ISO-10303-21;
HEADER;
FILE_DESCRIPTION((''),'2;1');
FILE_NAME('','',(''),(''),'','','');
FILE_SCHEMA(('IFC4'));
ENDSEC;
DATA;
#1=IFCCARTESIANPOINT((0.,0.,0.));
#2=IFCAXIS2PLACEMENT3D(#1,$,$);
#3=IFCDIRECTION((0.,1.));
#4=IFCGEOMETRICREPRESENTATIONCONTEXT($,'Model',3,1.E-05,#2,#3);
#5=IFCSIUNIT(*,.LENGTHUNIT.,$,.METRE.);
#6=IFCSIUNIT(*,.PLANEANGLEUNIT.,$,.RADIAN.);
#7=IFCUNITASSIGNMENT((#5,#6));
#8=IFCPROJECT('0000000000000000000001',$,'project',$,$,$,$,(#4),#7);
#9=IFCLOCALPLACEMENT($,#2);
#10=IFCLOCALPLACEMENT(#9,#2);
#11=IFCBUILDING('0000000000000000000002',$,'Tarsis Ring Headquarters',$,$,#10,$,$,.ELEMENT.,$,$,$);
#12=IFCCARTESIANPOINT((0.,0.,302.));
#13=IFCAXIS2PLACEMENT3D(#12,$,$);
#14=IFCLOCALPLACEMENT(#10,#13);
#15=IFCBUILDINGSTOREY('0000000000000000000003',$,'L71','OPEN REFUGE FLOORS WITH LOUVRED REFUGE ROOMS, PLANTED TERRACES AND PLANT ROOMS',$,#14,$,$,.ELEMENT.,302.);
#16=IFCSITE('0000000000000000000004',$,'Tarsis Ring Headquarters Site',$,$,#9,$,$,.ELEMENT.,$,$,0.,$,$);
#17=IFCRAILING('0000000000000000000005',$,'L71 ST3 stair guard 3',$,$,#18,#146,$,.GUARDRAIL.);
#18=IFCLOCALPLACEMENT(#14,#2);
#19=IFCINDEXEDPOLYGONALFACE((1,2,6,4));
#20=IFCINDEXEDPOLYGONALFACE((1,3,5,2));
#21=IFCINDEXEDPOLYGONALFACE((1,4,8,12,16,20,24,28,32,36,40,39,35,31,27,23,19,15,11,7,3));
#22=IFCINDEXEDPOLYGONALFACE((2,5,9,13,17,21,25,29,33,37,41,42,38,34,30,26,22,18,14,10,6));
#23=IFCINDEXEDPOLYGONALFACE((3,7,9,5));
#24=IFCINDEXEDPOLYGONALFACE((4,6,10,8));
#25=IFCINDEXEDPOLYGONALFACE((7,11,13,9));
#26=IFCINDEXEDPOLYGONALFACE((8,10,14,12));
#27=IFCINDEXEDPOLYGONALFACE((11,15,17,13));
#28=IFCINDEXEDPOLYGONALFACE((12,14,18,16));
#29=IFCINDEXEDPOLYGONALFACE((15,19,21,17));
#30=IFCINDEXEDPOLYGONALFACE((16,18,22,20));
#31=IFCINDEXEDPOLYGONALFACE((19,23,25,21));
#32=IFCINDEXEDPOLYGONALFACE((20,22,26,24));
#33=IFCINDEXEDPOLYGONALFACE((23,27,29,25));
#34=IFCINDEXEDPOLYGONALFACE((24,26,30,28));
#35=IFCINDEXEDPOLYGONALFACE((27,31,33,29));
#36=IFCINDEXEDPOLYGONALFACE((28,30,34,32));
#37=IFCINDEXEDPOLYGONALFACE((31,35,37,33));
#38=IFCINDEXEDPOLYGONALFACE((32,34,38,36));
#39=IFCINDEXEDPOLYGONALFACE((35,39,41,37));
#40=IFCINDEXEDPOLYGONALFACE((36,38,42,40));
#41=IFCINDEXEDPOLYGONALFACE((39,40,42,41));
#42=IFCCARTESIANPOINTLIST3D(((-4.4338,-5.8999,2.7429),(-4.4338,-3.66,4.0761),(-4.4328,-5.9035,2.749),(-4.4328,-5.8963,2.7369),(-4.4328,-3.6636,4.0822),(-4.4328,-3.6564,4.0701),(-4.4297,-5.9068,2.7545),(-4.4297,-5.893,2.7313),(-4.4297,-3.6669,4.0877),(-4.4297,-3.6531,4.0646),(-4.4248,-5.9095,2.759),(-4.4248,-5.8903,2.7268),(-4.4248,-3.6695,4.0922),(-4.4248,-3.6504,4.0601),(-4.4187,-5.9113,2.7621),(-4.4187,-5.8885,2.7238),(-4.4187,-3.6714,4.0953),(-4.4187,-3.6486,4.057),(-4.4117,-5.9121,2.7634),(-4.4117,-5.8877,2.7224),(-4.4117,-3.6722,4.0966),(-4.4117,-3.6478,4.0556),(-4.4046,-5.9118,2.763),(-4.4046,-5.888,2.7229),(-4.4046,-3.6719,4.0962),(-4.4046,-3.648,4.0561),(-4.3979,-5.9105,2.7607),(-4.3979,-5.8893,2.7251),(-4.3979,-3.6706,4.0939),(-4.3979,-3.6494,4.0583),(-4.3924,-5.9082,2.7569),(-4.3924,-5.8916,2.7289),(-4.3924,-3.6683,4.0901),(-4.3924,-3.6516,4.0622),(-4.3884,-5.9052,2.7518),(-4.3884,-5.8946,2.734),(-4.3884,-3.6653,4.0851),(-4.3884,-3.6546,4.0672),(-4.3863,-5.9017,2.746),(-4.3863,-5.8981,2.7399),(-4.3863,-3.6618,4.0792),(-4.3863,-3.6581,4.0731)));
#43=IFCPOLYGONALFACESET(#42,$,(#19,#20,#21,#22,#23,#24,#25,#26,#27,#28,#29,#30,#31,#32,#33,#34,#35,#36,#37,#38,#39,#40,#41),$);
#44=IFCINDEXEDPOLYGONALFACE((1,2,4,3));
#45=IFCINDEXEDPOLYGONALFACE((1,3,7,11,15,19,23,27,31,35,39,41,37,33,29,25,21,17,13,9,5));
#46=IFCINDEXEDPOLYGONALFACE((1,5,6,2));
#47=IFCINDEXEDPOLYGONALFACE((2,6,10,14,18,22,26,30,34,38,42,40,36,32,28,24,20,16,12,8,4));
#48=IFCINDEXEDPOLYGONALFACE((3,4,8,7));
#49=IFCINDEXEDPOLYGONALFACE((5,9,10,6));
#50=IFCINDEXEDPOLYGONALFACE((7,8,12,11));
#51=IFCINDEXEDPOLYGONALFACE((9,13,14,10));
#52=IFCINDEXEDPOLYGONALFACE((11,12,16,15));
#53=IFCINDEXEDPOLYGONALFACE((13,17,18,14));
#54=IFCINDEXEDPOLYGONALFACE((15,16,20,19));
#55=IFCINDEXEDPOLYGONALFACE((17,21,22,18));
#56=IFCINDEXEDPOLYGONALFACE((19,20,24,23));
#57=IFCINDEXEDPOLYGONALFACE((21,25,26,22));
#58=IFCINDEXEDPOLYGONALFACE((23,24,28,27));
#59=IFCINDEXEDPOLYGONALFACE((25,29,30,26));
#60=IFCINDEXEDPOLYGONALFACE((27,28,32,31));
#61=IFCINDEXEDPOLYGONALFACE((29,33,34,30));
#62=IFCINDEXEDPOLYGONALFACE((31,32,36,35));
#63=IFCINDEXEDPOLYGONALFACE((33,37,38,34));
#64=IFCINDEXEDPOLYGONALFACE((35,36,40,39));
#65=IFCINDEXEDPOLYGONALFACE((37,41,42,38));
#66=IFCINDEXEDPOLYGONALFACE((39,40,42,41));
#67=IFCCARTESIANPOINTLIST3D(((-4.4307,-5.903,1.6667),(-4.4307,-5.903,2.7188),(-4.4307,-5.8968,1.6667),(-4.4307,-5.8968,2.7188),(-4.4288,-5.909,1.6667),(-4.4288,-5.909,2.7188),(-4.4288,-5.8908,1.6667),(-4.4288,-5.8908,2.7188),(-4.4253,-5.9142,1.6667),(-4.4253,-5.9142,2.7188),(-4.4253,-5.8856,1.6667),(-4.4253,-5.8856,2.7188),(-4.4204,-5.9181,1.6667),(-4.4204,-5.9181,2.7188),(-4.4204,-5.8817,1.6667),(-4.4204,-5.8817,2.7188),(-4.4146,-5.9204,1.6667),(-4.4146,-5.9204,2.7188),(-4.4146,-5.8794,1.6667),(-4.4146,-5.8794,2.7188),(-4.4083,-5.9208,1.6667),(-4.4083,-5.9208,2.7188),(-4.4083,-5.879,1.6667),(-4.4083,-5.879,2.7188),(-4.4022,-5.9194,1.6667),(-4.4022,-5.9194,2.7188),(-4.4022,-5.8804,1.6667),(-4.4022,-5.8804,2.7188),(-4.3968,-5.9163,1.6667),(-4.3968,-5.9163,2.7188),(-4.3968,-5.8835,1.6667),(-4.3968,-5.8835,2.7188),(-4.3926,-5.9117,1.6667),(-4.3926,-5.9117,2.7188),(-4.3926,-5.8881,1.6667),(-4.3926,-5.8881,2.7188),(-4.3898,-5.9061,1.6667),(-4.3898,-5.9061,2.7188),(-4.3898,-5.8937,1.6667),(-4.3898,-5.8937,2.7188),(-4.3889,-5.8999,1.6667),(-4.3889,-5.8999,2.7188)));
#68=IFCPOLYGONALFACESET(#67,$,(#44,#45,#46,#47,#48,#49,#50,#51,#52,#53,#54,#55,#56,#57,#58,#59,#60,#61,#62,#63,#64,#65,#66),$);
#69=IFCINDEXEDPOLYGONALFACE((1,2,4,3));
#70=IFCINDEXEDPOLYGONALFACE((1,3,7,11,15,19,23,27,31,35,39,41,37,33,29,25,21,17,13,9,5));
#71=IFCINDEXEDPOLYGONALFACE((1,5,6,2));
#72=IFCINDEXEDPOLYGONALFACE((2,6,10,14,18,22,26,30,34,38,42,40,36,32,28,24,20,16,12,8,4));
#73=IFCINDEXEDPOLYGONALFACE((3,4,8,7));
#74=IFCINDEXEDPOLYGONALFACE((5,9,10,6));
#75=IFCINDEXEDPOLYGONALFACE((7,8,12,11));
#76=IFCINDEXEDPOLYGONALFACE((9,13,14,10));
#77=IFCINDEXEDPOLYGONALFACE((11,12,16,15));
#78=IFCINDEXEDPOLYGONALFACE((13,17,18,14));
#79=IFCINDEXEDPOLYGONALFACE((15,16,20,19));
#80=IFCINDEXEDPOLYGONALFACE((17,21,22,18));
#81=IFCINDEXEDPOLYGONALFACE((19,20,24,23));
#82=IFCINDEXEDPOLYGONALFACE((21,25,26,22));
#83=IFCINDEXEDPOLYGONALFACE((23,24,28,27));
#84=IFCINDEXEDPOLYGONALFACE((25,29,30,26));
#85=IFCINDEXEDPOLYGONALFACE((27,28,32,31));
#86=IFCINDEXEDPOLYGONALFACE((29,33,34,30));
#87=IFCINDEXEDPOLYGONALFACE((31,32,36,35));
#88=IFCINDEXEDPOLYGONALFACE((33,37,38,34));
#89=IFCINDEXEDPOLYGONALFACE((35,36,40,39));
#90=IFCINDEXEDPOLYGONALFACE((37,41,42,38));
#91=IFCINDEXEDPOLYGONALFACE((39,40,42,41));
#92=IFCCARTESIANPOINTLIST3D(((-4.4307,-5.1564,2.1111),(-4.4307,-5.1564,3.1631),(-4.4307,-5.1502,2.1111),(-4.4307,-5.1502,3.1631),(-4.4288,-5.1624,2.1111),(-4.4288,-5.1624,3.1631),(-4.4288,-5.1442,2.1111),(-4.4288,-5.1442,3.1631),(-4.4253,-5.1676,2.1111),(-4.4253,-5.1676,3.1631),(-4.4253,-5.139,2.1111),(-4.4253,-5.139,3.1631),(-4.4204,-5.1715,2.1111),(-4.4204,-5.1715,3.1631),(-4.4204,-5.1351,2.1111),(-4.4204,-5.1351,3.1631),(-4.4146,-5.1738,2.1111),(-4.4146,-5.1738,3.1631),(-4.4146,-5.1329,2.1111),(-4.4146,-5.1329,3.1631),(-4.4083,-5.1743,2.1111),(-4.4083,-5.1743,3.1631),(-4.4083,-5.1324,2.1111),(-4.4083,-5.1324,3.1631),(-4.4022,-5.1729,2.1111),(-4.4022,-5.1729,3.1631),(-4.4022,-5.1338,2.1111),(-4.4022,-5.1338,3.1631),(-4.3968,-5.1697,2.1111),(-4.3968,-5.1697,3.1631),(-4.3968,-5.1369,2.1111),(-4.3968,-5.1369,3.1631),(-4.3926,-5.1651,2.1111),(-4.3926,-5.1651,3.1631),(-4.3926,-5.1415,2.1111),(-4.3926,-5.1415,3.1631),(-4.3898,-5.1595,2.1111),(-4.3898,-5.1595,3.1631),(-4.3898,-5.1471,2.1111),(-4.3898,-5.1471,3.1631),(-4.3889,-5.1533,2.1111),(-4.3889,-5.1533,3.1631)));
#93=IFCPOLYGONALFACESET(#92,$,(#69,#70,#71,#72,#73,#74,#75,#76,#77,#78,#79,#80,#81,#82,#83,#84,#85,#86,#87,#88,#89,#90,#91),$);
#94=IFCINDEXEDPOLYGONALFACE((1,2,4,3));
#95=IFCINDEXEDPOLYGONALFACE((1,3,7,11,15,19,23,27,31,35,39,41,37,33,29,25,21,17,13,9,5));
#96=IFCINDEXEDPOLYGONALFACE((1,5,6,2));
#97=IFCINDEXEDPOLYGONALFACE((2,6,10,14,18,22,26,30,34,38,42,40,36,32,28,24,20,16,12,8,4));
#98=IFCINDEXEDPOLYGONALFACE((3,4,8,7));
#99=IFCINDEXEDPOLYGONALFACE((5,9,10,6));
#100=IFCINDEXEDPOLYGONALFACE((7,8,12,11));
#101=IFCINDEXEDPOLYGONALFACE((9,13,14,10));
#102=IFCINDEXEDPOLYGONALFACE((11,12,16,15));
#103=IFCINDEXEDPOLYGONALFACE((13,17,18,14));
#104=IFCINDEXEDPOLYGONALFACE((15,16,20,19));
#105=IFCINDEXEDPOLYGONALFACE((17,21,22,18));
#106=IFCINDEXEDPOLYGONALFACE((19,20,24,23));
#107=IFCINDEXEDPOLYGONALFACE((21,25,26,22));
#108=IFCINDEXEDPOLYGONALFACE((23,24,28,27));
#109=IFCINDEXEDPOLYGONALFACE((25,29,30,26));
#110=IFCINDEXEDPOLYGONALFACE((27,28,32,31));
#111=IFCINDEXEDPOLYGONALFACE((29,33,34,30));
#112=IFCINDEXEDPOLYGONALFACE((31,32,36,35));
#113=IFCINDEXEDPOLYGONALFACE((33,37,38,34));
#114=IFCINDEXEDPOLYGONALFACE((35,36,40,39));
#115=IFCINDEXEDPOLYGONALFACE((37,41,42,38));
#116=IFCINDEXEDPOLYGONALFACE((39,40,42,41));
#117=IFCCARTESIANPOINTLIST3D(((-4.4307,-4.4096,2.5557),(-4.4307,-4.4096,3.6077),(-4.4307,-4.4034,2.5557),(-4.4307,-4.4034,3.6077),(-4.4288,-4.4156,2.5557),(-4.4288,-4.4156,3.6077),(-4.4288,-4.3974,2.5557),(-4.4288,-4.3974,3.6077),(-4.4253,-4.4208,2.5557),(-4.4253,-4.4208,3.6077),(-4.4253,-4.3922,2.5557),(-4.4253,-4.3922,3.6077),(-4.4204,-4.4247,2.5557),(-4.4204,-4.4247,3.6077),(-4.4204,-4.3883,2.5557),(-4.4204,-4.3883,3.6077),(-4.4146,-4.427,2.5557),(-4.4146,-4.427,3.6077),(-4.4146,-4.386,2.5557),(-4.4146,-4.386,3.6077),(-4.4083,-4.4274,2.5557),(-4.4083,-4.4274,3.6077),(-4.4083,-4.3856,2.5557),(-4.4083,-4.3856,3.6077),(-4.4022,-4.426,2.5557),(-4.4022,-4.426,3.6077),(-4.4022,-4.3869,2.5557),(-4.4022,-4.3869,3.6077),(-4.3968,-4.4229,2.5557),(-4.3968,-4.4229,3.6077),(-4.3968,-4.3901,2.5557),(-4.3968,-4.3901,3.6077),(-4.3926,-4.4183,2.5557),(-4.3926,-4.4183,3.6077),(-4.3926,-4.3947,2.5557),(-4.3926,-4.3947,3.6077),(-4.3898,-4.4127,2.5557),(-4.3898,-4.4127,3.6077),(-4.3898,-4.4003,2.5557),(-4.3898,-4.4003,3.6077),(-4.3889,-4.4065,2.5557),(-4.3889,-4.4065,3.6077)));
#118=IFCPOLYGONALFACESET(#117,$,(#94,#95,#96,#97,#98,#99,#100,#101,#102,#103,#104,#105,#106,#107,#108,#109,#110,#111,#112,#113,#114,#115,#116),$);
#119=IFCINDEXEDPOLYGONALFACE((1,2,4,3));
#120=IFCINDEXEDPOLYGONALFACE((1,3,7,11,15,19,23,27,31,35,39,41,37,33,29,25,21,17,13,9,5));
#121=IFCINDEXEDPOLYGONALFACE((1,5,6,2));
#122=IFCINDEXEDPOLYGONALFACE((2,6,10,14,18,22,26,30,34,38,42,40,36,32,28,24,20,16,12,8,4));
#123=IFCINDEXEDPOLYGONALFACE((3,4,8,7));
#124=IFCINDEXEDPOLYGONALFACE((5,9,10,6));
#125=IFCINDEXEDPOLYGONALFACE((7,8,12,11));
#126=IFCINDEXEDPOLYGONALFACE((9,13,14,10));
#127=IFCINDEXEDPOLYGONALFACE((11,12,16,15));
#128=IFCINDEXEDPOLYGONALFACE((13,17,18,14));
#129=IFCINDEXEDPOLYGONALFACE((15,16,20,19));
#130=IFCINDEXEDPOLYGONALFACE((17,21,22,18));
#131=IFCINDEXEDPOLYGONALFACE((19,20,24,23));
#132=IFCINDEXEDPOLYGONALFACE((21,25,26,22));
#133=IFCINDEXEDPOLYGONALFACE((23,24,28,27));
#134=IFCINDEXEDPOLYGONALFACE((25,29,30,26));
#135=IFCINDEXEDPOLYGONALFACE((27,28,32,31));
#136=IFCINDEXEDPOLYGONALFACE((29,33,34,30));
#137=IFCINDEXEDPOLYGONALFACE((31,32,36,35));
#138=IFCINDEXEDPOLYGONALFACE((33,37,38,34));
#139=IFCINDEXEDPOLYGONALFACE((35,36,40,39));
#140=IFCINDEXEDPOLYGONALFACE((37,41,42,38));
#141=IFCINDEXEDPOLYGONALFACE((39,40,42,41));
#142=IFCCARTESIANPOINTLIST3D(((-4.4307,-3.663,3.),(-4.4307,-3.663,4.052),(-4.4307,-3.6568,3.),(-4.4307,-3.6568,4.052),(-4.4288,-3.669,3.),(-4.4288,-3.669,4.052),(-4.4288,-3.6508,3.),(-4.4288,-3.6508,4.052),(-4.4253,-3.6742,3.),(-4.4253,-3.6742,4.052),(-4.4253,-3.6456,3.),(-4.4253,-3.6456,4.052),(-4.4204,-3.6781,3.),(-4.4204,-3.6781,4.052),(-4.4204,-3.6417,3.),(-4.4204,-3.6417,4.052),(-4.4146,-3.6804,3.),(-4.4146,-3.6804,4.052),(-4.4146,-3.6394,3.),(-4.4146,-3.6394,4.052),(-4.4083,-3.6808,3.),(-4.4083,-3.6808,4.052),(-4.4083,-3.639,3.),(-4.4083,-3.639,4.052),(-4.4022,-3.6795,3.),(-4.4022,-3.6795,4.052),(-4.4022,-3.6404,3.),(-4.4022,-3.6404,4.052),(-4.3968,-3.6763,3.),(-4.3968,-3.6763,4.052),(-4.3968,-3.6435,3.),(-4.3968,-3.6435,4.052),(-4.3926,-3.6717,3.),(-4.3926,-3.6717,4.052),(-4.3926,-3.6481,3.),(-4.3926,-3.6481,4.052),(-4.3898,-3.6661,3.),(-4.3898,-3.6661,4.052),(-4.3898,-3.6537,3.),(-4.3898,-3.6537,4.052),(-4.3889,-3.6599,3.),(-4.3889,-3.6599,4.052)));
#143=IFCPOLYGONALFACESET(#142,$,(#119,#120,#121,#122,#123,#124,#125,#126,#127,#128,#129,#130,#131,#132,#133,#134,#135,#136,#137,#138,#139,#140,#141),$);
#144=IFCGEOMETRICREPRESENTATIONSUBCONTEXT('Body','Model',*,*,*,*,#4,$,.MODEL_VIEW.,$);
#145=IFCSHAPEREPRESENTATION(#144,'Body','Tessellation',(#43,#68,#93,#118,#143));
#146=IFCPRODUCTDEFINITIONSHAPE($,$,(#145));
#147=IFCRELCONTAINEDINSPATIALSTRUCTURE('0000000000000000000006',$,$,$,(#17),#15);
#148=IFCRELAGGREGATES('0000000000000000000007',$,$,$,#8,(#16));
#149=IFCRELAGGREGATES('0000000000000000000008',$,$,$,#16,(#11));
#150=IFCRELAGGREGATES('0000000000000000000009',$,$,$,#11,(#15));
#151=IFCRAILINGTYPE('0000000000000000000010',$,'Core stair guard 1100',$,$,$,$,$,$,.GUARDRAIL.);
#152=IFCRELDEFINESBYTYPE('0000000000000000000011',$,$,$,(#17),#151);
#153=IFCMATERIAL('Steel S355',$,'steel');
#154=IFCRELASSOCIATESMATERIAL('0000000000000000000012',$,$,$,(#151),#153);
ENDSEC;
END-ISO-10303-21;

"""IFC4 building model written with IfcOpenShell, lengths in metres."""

from ifc_helpers import new_model, si_unit, direction, frame, origin, origin_2d, place, context, subcontext, project, spatial, circle, extrude, material, type_object, element, save


model = new_model("IFC4")

# Units and contexts
model_context = context("Model", 3, precision=1e-05, world=origin(), true_north=direction((0.0, 1.0)))
body_context = subcontext(model_context, "Body", "Model", "MODEL_VIEW")
ifc_project = project(units=[si_unit("LENGTHUNIT", "METRE"), si_unit("PLANEANGLEUNIT", "RADIAN")], contexts=[model_context])

# Site, building, storey
site_placement = place(None, origin())
site = spatial("IfcSite", under=ifc_project, at=site_placement, Name="Tarsis Ring Headquarters Site", CompositionType="ELEMENT", RefElevation=0.0)
building_placement = place(site_placement, origin())
building = spatial("IfcBuilding", under=site, at=building_placement, Name="Tarsis Ring Headquarters", CompositionType="ELEMENT")
storey_placement = place(building_placement, frame((0.0, 0.0, 302.0)))
storey = spatial("IfcBuildingStorey", under=building, at=storey_placement, Name="L71", Description="OPEN REFUGE FLOORS WITH LOUVRED REFUGE ROOMS, PLANTED TERRACES AND PLANT ROOMS", CompositionType="ELEMENT", Elevation=302.0)

# Railing
ifc_material_1 = material(Name="Steel S355", Category="steel")
railing_type_1 = type_object("IfcRailingType", Name="Core stair guard 1100", PredefinedType="GUARDRAIL", material=ifc_material_1)
railing_1_placement = place(storey_placement, frame((-4.4099, -5.8999, 1.6667)))
element("IfcRailing", 1, at=railing_1_placement, inside=storey, type_object=railing_type_1, Name="L71 ST3 stair guard 3", PredefinedType="GUARDRAIL", context=body_context, shape_type="SweptSolid", body=[
    extrude(circle(Radius=0.0239, at=origin_2d()), frame((0.0, 0.0, 1.0762), z_axis=(0.0, 0.859306, 0.511462), x_axis=(-1.0, 0.0, 0.0)), (0.0, 0.0, 1.0), 2.6067),
    extrude(circle(Radius=0.021, at=origin_2d()), origin(), (0.0, 0.0, 1.0), 1.052),
    extrude(circle(Radius=0.021, at=origin_2d()), frame((0.0, 0.7466, 0.4443)), (0.0, 0.0, 1.0), 1.052),
    extrude(circle(Radius=0.021, at=origin_2d()), frame((0.0, 1.4934, 0.8889)), (0.0, 0.0, 1.0), 1.052),
    extrude(circle(Radius=0.021, at=origin_2d()), frame((0.0, 2.24, 1.3333)), (0.0, 0.0, 1.0), 1.052),
])

save(model, "model.ifc")
